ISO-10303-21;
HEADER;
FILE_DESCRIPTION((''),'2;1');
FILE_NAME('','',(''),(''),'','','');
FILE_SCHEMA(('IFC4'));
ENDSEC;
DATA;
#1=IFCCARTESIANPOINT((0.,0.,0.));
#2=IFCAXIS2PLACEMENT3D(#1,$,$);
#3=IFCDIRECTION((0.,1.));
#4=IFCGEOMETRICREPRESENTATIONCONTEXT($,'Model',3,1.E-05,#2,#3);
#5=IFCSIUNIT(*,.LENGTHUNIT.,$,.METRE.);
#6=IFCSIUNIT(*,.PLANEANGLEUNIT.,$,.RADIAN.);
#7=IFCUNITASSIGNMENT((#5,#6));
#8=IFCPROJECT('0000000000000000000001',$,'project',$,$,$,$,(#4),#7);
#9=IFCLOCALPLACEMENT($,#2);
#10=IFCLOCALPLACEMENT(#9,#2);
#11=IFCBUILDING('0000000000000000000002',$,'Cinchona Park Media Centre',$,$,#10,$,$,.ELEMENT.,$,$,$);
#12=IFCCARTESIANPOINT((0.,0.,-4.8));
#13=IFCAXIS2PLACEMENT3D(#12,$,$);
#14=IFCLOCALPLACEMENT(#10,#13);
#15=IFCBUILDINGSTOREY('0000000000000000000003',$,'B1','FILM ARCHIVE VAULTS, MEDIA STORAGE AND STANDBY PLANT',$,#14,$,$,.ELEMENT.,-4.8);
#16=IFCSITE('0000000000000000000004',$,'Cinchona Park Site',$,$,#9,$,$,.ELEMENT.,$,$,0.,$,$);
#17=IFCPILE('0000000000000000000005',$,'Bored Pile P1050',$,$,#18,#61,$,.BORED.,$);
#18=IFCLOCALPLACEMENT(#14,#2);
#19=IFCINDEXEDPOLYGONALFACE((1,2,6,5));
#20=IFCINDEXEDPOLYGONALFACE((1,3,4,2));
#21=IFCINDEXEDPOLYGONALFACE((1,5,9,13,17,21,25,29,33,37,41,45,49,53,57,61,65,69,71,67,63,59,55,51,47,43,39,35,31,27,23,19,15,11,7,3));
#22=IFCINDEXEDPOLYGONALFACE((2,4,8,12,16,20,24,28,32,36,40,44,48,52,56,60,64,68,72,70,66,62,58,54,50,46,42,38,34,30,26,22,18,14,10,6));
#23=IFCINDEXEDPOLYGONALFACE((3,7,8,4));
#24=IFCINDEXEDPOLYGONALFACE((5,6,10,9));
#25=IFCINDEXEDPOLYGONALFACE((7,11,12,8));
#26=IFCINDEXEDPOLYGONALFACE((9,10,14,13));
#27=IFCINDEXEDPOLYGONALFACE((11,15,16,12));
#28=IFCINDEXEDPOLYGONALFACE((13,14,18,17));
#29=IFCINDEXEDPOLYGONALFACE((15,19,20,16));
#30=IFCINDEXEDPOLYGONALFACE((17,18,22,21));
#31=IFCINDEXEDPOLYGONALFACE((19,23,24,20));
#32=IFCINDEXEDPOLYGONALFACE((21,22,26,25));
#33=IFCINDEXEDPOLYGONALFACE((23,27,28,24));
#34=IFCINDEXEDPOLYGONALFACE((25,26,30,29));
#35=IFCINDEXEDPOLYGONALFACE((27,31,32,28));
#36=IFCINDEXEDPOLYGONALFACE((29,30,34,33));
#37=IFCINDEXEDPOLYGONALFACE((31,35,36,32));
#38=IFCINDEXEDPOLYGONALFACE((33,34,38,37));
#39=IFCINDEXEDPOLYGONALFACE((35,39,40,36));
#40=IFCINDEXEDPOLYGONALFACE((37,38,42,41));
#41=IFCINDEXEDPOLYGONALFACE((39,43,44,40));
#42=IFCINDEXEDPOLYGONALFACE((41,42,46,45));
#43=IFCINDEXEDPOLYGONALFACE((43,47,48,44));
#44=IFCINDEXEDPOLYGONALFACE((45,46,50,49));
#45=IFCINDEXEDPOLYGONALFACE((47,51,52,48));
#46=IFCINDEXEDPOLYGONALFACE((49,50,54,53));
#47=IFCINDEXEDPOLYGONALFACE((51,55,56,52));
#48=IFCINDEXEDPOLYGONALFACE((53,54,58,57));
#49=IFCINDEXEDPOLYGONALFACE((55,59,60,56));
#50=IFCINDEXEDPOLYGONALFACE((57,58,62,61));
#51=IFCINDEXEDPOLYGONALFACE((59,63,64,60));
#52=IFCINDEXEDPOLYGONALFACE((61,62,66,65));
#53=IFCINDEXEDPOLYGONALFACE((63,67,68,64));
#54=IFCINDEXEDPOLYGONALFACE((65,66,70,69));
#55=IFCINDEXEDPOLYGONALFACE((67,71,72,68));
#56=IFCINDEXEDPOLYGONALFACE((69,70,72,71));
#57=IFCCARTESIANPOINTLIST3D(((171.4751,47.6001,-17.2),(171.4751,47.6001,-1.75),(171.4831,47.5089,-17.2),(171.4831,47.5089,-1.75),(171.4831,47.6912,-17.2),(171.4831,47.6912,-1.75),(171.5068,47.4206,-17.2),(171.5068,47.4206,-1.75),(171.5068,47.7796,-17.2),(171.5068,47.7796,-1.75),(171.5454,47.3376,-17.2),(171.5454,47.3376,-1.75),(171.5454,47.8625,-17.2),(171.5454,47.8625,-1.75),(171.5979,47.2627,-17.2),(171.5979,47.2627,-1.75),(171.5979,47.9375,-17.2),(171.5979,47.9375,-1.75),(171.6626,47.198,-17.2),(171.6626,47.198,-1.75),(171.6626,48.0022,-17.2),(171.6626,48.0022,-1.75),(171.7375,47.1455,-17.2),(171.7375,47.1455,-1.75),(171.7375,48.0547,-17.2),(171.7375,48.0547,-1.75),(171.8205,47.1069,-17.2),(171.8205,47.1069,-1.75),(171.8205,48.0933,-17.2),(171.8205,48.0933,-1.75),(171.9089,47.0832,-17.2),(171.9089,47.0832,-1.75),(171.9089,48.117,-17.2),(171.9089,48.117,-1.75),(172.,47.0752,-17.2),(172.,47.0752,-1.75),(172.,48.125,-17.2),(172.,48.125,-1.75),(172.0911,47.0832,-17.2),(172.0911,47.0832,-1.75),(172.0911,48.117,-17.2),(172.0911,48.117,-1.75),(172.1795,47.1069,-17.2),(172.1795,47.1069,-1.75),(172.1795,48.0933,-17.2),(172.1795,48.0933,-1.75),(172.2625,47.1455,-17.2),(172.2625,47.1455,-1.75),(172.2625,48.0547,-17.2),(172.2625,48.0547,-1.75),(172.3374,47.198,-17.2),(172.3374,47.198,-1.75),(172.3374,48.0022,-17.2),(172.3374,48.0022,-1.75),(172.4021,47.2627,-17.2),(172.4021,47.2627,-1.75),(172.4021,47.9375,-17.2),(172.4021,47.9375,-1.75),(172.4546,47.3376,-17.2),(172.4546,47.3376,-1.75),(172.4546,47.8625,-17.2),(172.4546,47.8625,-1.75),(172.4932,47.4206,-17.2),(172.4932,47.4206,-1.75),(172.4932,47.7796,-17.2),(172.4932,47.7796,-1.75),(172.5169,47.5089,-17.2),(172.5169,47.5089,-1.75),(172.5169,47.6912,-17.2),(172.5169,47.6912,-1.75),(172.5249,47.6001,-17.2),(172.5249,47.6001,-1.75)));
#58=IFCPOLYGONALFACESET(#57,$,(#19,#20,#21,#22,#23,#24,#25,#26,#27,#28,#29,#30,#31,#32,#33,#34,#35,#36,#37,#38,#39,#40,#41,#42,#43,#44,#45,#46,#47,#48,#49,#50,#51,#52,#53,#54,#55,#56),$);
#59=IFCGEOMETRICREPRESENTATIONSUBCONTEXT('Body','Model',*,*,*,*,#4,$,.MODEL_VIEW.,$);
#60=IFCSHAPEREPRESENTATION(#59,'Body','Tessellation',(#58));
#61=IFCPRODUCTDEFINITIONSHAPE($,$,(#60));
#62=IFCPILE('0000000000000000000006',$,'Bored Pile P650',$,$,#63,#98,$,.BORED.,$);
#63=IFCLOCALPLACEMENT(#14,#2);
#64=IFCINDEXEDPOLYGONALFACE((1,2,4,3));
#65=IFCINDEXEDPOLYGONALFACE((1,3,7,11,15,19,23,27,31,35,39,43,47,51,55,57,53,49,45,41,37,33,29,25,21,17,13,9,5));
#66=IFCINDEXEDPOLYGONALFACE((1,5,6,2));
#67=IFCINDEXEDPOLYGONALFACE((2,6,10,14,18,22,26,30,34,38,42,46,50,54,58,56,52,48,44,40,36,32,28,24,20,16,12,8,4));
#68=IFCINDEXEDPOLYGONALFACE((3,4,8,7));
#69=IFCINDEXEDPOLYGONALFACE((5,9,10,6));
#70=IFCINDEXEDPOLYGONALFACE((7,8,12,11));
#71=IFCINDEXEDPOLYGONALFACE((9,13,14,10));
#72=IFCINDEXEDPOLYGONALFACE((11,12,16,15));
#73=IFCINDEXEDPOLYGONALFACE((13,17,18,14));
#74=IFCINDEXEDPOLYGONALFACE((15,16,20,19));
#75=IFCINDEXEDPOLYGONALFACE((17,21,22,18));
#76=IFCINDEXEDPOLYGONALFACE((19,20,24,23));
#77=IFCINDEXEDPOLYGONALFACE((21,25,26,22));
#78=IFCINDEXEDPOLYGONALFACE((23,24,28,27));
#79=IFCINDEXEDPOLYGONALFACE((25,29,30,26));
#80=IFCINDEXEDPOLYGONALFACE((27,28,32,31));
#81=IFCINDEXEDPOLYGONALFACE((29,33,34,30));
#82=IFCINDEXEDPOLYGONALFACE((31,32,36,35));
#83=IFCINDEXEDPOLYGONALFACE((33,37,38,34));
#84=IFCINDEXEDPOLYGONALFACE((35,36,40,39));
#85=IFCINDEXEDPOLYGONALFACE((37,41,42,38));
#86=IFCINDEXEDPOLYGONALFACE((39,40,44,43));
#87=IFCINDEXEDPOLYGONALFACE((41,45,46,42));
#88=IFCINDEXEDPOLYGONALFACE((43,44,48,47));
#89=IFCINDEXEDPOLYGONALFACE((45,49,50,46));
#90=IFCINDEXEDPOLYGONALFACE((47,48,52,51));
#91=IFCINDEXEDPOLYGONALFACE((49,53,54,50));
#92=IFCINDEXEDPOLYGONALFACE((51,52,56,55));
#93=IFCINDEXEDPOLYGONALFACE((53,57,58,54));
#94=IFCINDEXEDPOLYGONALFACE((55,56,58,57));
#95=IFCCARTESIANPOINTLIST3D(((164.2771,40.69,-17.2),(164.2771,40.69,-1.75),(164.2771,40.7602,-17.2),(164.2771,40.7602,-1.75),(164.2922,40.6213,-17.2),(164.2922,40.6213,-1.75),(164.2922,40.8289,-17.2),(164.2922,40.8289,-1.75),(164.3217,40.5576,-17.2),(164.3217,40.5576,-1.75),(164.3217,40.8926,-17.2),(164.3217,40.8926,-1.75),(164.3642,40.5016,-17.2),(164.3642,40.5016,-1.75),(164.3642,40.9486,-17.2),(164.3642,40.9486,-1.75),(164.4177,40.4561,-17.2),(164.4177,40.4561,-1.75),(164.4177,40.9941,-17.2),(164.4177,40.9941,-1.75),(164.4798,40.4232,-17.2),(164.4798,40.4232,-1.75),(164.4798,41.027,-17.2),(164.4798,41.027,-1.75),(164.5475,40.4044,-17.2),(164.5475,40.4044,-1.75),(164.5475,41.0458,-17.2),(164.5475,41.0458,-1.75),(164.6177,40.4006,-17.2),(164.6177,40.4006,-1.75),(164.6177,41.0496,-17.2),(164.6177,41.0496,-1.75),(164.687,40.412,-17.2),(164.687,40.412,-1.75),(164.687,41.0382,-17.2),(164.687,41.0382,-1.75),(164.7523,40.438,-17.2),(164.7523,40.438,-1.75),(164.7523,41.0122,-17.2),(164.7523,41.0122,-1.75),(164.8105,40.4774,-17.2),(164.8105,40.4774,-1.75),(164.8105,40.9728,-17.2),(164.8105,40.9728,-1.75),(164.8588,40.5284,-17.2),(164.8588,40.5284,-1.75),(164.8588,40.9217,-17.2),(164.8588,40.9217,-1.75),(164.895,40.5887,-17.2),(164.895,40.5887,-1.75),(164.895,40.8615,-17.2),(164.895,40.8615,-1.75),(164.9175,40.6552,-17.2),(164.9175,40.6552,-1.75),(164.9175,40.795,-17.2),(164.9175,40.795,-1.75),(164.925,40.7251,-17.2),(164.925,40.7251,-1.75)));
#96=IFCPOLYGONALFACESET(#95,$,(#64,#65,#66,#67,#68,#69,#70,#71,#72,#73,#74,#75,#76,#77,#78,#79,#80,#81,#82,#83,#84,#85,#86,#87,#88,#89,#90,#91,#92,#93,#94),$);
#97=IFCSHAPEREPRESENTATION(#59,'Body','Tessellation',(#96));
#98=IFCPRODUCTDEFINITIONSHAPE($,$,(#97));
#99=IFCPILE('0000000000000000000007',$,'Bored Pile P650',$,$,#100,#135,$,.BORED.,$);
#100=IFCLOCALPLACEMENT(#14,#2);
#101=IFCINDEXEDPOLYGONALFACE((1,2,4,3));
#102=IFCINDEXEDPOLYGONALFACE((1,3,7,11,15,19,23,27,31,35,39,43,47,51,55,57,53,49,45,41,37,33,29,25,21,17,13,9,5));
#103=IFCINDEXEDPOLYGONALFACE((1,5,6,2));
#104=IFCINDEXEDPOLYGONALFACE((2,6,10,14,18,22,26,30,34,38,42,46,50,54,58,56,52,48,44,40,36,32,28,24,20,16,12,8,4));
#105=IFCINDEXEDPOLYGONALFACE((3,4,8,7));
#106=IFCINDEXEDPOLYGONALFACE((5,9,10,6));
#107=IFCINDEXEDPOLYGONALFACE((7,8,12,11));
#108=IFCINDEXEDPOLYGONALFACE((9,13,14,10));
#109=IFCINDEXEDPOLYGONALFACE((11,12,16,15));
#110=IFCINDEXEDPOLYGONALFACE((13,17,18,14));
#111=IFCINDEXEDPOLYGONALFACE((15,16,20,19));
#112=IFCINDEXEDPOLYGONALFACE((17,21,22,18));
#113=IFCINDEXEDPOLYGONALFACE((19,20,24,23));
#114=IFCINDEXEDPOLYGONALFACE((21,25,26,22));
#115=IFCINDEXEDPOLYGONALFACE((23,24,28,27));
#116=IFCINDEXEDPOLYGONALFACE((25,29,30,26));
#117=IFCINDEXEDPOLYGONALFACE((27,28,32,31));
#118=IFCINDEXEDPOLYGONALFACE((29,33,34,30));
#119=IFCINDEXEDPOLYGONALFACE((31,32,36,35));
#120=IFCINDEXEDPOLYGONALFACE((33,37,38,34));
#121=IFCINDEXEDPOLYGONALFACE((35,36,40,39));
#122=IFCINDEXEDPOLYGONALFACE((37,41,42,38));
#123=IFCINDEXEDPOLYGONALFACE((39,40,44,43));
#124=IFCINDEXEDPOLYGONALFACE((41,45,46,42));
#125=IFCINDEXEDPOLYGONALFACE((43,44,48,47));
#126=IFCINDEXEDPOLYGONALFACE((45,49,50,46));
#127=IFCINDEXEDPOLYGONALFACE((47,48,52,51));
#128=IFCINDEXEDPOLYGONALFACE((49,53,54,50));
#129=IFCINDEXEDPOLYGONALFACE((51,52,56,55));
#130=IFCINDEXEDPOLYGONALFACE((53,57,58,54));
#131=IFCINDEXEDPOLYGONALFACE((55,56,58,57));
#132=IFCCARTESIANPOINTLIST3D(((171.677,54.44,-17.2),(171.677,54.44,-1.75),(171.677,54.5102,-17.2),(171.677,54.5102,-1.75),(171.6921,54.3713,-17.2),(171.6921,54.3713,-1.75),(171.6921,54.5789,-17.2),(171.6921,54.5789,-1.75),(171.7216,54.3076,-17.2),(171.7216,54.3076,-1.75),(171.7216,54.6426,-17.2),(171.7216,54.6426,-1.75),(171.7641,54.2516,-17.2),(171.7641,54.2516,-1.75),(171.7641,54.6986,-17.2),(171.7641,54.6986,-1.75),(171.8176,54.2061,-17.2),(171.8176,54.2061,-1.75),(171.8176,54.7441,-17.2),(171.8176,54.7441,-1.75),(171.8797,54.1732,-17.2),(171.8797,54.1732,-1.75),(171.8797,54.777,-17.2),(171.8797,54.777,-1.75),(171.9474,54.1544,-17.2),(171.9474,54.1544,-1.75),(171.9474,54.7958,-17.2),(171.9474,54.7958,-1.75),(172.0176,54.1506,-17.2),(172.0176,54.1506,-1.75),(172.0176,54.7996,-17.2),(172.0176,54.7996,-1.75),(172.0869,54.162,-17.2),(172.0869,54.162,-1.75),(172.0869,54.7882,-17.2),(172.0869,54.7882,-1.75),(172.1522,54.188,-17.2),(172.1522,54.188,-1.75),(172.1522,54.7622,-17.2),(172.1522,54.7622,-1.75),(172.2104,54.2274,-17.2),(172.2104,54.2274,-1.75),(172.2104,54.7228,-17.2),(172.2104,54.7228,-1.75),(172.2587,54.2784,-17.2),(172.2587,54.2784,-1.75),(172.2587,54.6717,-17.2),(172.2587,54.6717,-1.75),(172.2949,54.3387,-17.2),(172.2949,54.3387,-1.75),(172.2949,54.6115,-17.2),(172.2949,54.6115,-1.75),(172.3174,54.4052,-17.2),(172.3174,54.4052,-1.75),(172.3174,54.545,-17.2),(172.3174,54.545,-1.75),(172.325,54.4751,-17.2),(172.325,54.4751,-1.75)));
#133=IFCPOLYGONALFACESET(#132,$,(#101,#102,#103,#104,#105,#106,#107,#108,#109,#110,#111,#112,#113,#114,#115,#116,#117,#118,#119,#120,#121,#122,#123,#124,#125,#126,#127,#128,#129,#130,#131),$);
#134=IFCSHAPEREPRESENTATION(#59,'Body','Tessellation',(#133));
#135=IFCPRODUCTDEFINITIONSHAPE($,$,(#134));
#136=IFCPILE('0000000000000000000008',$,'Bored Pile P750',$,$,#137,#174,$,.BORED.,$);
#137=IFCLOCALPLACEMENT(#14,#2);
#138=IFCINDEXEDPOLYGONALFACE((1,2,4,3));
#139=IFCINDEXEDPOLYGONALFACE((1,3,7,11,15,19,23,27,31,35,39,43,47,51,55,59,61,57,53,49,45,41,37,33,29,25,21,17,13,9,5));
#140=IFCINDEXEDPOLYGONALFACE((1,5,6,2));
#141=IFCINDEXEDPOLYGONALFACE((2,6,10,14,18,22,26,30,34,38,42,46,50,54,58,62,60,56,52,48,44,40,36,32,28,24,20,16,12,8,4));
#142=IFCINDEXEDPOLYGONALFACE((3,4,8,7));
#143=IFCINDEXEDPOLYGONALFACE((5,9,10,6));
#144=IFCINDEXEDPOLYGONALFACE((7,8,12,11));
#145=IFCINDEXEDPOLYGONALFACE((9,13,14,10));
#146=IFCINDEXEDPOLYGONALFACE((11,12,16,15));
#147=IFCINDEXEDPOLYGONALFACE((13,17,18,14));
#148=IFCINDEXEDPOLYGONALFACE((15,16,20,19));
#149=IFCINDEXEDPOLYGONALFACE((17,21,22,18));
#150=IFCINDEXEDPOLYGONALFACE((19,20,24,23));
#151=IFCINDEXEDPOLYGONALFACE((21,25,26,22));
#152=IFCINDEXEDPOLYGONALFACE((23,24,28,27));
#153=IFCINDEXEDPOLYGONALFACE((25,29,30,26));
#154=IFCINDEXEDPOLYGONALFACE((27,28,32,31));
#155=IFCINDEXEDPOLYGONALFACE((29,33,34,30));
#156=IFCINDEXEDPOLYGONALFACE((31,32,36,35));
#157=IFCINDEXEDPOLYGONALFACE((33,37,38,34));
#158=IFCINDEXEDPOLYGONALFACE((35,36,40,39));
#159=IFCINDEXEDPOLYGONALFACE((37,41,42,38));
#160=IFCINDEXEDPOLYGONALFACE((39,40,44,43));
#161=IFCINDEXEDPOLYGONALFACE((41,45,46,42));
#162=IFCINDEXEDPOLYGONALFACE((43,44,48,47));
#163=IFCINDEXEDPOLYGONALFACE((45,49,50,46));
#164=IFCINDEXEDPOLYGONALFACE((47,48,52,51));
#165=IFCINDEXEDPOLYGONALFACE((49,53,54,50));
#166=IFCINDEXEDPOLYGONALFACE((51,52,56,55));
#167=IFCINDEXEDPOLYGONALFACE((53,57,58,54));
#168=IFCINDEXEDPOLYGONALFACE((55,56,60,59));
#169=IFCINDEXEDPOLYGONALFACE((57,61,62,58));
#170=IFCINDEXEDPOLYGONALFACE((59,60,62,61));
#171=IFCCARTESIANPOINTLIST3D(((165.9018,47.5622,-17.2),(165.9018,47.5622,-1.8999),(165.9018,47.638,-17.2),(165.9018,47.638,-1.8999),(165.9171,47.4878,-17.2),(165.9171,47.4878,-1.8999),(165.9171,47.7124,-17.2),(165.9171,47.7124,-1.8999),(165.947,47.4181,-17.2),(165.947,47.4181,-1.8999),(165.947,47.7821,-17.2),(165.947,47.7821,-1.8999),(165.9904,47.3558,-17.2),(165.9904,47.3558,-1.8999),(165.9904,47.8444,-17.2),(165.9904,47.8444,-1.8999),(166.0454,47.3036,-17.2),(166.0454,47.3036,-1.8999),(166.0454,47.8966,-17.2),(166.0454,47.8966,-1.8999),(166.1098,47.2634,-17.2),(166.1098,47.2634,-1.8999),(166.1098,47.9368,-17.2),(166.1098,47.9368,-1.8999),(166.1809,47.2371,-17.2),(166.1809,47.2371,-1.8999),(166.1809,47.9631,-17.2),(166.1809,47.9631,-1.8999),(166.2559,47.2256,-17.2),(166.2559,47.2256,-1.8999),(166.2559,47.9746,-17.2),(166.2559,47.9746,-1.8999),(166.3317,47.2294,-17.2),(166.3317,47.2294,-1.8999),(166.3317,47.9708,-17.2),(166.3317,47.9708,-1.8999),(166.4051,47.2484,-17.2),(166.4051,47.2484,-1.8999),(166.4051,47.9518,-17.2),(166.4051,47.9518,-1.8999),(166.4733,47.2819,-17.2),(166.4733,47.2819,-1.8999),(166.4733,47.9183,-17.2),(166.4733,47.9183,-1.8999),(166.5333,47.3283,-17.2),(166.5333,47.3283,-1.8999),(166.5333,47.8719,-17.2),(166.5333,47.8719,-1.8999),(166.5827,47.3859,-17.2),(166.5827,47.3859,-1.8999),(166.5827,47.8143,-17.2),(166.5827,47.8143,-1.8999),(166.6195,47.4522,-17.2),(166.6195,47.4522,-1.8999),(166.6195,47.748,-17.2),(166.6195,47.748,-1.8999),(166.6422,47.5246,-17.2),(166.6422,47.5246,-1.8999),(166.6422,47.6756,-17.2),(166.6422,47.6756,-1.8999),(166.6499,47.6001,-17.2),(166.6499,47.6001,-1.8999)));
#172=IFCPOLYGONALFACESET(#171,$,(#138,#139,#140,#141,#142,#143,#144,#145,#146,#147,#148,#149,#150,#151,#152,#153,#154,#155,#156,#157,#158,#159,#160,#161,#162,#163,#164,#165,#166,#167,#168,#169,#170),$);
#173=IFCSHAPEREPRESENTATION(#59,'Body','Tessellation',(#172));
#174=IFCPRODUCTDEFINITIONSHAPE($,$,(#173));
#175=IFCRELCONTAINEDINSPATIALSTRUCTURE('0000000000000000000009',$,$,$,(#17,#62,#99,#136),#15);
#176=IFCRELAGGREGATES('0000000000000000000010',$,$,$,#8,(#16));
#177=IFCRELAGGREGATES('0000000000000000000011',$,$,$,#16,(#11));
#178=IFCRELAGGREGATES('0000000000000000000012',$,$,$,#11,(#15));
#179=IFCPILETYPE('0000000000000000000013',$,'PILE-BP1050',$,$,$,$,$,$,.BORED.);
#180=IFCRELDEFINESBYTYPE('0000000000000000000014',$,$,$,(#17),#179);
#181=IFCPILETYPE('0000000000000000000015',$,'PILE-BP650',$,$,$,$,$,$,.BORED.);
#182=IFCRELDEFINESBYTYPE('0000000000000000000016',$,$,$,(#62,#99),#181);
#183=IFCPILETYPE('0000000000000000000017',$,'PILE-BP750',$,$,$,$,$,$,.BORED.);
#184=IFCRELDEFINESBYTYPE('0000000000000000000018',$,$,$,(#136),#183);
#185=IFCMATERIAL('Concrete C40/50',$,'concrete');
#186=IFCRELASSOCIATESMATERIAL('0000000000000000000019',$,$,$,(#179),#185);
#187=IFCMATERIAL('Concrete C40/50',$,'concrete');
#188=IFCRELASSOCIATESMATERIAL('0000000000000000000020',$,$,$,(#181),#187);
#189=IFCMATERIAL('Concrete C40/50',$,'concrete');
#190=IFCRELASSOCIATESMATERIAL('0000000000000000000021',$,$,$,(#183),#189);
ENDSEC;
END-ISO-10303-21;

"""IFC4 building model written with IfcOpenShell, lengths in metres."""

from ifc_helpers import new_model, si_unit, direction, frame, origin, origin_2d, place, context, subcontext, project, spatial, circle, extrude, material, material_profile, profile_set, type_object, element, save


model = new_model("IFC4")

# Units and contexts
model_context = context("Model", 3, precision=1e-05, world=origin(), true_north=direction((0.0, 1.0)))
body_context = subcontext(model_context, "Body", "Model", "MODEL_VIEW")
ifc_project = project(units=[si_unit("LENGTHUNIT", "METRE"), si_unit("PLANEANGLEUNIT", "RADIAN")], contexts=[model_context])

# Site, building, storey
site_placement = place(None, origin())
site = spatial("IfcSite", under=ifc_project, at=site_placement, Name="Cinchona Park Site", CompositionType="ELEMENT", RefElevation=0.0)
building_placement = place(site_placement, origin())
building = spatial("IfcBuilding", under=site, at=building_placement, Name="Cinchona Park Media Centre", CompositionType="ELEMENT")
storey_placement = place(building_placement, frame((0.0, 0.0, -4.8)))
storey = spatial("IfcBuildingStorey", under=building, at=storey_placement, Name="B1", Description="FILM ARCHIVE VAULTS, MEDIA STORAGE AND STANDBY PLANT", CompositionType="ELEMENT", Elevation=-4.8)

# Piles
ifc_material_1 = material(Name="Concrete C40/50", Category="concrete")
ifc_material_profile_1 = material_profile(ifc_material_1, circle(Radius=0.5249, at=origin_2d()), Name="BORED PILE 1050")
ifc_profile_set_1 = profile_set([ifc_material_profile_1], Name="Concrete C40/50")
pile_type_1 = type_object("IfcPileType", Name="PILE-BP1050", PredefinedType="BORED", material=ifc_profile_set_1)
pile_1_placement = place(storey_placement, frame((172.0, 47.6001, -1.75), z_axis=(0.0, 0.0, -1.0), x_axis=(1.0, 0.0, 0.0)))
element("IfcPile", 1, at=pile_1_placement, inside=storey, type_object=pile_type_1, Name="Bored Pile P1050", PredefinedType="BORED", context=body_context, shape_type="SweptSolid", body=[
    extrude(circle(Radius=0.5249, at=origin_2d()), origin(), (0.0, 0.0, 1.0), 15.45),
])
ifc_material_2 = material(Name="Concrete C40/50", Category="concrete")
ifc_material_profile_2 = material_profile(ifc_material_2, circle(Radius=0.325, at=origin_2d()), Name="BORED PILE 650")
ifc_profile_set_2 = profile_set([ifc_material_profile_2], Name="Concrete C40/50")
pile_type_2 = type_object("IfcPileType", Name="PILE-BP650", PredefinedType="BORED", material=ifc_profile_set_2)
for number, where, z_axis, x_axis, name in (
    (2, (164.6001, 40.7251, -1.75), (0.0, 0.0, -1.0), (1.0, 0.0, 0.0), "Bored Pile P650"),
    (3, (172.0, 54.4751, -1.75), (0.0, 0.0, -1.0), (1.0, 0.0, 0.0), "Bored Pile P650"),
):
    element("IfcPile", number, at=place(storey_placement, frame(where, z_axis=z_axis, x_axis=x_axis)), inside=storey, type_object=pile_type_2, Name=name, PredefinedType="BORED", context=body_context, shape_type="SweptSolid", body=[
        extrude(circle(Radius=0.325, at=origin_2d()), origin(), (0.0, 0.0, 1.0), 15.45),
    ])
ifc_material_3 = material(Name="Concrete C40/50", Category="concrete")
ifc_material_profile_3 = material_profile(ifc_material_3, circle(Radius=0.375, at=origin_2d()), Name="BORED PILE 750")
ifc_profile_set_3 = profile_set([ifc_material_profile_3], Name="Concrete C40/50")
pile_type_3 = type_object("IfcPileType", Name="PILE-BP750", PredefinedType="BORED", material=ifc_profile_set_3)
pile_2_placement = place(storey_placement, frame((166.2749, 47.6001, -1.8999), z_axis=(0.0, 0.0, -1.0), x_axis=(1.0, 0.0, 0.0)))
element("IfcPile", 4, at=pile_2_placement, inside=storey, type_object=pile_type_3, Name="Bored Pile P750", PredefinedType="BORED", context=body_context, shape_type="SweptSolid", body=[
    extrude(circle(Radius=0.375, at=origin_2d()), origin(), (0.0, 0.0, 1.0), 15.3),
])

save(model, "model.ifc")
